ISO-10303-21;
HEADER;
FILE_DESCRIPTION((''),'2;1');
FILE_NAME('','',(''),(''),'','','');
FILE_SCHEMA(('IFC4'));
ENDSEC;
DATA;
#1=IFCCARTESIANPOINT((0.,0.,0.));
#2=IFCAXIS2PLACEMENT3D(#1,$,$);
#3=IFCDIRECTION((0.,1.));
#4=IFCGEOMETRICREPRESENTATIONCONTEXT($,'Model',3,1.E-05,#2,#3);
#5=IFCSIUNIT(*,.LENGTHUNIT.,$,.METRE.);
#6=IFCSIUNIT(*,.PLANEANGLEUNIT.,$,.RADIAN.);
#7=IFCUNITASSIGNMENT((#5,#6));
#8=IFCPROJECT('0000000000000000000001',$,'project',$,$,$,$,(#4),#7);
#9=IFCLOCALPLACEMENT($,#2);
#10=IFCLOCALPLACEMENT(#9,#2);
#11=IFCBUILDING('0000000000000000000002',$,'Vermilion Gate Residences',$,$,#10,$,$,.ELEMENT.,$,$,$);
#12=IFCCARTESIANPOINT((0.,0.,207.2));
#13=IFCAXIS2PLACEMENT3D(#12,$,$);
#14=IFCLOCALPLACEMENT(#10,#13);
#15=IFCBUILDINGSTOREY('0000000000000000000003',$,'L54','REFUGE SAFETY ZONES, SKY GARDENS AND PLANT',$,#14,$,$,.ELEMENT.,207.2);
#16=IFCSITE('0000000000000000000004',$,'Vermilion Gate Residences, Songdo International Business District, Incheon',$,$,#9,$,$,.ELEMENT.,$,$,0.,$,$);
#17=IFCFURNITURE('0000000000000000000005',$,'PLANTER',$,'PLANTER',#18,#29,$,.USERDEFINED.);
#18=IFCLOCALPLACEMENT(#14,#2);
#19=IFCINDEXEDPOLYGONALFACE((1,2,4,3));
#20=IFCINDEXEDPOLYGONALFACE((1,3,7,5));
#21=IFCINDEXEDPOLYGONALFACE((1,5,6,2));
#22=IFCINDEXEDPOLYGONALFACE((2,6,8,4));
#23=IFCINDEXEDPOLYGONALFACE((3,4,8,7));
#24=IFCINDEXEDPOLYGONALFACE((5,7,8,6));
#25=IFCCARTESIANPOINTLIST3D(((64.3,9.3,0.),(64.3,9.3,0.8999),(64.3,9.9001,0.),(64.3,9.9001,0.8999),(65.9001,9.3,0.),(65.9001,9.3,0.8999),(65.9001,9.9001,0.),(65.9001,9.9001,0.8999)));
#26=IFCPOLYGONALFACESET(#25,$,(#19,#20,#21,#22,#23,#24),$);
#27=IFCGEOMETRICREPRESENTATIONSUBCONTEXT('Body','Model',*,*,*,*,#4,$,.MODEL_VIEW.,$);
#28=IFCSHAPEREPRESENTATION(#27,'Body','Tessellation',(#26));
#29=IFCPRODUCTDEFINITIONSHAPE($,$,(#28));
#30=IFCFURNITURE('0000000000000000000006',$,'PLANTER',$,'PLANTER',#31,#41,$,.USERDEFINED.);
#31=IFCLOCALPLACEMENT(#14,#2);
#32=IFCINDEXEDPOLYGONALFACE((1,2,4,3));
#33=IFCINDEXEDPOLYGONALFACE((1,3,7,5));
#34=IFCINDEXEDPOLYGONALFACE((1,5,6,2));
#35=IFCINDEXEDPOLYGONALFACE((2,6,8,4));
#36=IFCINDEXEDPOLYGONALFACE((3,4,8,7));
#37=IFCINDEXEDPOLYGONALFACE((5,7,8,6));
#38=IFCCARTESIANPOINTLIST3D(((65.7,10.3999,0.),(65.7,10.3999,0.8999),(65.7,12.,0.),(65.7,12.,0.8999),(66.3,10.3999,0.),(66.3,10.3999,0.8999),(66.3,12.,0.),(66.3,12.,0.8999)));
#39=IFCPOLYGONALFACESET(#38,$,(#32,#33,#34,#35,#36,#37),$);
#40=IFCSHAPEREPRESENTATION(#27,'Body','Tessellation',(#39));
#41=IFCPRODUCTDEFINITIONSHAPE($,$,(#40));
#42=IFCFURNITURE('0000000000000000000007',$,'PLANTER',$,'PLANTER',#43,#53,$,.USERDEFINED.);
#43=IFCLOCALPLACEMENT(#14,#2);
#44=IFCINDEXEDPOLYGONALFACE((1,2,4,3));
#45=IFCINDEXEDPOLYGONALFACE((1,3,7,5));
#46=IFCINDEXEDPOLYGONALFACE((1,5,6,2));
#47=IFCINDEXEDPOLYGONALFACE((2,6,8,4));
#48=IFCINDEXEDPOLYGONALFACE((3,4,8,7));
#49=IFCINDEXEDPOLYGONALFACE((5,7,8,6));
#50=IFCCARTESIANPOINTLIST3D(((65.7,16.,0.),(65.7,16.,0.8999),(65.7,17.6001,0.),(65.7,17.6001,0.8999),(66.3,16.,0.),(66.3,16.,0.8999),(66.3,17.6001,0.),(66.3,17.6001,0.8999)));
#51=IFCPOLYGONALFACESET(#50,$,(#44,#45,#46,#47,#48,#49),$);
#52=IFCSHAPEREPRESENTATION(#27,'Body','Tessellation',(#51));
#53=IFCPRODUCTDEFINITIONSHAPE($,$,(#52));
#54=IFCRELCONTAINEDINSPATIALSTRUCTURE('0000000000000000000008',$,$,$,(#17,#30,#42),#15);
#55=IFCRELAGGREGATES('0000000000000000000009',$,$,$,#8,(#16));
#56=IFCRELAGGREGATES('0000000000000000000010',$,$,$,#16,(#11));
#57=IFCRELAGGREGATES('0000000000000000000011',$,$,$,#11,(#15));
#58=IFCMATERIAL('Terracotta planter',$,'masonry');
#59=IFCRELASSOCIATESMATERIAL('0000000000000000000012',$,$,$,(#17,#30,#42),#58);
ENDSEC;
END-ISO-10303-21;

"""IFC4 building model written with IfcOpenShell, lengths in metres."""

from ifc_helpers import new_model, si_unit, direction, frame, origin, origin_2d, place, context, subcontext, project, spatial, rectangle, extrude, material, element, save


model = new_model("IFC4")

# Units and contexts
model_context = context("Model", 3, precision=1e-05, world=origin(), true_north=direction((0.0, 1.0)))
body_context = subcontext(model_context, "Body", "Model", "MODEL_VIEW")
ifc_project = project(units=[si_unit("LENGTHUNIT", "METRE"), si_unit("PLANEANGLEUNIT", "RADIAN")], contexts=[model_context])

# Site, building, storey
site_placement = place(None, origin())
site = spatial("IfcSite", under=ifc_project, at=site_placement, Name="Vermilion Gate Residences, Songdo International Business District, Incheon", CompositionType="ELEMENT", RefElevation=0.0)
building_placement = place(site_placement, origin())
building = spatial("IfcBuilding", under=site, at=building_placement, Name="Vermilion Gate Residences", CompositionType="ELEMENT")
storey_placement = place(building_placement, frame((0.0, 0.0, 207.2)))
storey = spatial("IfcBuildingStorey", under=building, at=storey_placement, Name="L54", Description="REFUGE SAFETY ZONES, SKY GARDENS AND PLANT", CompositionType="ELEMENT", Elevation=207.2)

# Furniture
ifc_material_1 = material(Name="Terracotta planter", Category="masonry")
for number, where, z_axis, x_axis, name in (
    (1, (65.1001, 9.6001, 0.0), (0.0, 0.0, 1.0), (1.0, 0.0, 0.0), "PLANTER"),
    (2, (66.0, 11.2, 0.0), (0.0, 0.0, 1.0), (0.0, 1.0, 0.0), "PLANTER"),
    (3, (66.0, 16.8, 0.0), (0.0, 0.0, 1.0), (0.0, 1.0, 0.0), "PLANTER"),
):
    element("IfcFurniture", number, at=place(storey_placement, frame(where, z_axis=z_axis, x_axis=x_axis)), inside=storey, material=ifc_material_1, Name=name, ObjectType="PLANTER", PredefinedType="USERDEFINED", context=body_context, shape_type="SweptSolid", body=[
        extrude(rectangle(XDim=1.6001, YDim=0.6001, at=origin_2d()), origin(), (0.0, 0.0, 1.0), 0.8999),
    ])

save(model, "model.ifc")
